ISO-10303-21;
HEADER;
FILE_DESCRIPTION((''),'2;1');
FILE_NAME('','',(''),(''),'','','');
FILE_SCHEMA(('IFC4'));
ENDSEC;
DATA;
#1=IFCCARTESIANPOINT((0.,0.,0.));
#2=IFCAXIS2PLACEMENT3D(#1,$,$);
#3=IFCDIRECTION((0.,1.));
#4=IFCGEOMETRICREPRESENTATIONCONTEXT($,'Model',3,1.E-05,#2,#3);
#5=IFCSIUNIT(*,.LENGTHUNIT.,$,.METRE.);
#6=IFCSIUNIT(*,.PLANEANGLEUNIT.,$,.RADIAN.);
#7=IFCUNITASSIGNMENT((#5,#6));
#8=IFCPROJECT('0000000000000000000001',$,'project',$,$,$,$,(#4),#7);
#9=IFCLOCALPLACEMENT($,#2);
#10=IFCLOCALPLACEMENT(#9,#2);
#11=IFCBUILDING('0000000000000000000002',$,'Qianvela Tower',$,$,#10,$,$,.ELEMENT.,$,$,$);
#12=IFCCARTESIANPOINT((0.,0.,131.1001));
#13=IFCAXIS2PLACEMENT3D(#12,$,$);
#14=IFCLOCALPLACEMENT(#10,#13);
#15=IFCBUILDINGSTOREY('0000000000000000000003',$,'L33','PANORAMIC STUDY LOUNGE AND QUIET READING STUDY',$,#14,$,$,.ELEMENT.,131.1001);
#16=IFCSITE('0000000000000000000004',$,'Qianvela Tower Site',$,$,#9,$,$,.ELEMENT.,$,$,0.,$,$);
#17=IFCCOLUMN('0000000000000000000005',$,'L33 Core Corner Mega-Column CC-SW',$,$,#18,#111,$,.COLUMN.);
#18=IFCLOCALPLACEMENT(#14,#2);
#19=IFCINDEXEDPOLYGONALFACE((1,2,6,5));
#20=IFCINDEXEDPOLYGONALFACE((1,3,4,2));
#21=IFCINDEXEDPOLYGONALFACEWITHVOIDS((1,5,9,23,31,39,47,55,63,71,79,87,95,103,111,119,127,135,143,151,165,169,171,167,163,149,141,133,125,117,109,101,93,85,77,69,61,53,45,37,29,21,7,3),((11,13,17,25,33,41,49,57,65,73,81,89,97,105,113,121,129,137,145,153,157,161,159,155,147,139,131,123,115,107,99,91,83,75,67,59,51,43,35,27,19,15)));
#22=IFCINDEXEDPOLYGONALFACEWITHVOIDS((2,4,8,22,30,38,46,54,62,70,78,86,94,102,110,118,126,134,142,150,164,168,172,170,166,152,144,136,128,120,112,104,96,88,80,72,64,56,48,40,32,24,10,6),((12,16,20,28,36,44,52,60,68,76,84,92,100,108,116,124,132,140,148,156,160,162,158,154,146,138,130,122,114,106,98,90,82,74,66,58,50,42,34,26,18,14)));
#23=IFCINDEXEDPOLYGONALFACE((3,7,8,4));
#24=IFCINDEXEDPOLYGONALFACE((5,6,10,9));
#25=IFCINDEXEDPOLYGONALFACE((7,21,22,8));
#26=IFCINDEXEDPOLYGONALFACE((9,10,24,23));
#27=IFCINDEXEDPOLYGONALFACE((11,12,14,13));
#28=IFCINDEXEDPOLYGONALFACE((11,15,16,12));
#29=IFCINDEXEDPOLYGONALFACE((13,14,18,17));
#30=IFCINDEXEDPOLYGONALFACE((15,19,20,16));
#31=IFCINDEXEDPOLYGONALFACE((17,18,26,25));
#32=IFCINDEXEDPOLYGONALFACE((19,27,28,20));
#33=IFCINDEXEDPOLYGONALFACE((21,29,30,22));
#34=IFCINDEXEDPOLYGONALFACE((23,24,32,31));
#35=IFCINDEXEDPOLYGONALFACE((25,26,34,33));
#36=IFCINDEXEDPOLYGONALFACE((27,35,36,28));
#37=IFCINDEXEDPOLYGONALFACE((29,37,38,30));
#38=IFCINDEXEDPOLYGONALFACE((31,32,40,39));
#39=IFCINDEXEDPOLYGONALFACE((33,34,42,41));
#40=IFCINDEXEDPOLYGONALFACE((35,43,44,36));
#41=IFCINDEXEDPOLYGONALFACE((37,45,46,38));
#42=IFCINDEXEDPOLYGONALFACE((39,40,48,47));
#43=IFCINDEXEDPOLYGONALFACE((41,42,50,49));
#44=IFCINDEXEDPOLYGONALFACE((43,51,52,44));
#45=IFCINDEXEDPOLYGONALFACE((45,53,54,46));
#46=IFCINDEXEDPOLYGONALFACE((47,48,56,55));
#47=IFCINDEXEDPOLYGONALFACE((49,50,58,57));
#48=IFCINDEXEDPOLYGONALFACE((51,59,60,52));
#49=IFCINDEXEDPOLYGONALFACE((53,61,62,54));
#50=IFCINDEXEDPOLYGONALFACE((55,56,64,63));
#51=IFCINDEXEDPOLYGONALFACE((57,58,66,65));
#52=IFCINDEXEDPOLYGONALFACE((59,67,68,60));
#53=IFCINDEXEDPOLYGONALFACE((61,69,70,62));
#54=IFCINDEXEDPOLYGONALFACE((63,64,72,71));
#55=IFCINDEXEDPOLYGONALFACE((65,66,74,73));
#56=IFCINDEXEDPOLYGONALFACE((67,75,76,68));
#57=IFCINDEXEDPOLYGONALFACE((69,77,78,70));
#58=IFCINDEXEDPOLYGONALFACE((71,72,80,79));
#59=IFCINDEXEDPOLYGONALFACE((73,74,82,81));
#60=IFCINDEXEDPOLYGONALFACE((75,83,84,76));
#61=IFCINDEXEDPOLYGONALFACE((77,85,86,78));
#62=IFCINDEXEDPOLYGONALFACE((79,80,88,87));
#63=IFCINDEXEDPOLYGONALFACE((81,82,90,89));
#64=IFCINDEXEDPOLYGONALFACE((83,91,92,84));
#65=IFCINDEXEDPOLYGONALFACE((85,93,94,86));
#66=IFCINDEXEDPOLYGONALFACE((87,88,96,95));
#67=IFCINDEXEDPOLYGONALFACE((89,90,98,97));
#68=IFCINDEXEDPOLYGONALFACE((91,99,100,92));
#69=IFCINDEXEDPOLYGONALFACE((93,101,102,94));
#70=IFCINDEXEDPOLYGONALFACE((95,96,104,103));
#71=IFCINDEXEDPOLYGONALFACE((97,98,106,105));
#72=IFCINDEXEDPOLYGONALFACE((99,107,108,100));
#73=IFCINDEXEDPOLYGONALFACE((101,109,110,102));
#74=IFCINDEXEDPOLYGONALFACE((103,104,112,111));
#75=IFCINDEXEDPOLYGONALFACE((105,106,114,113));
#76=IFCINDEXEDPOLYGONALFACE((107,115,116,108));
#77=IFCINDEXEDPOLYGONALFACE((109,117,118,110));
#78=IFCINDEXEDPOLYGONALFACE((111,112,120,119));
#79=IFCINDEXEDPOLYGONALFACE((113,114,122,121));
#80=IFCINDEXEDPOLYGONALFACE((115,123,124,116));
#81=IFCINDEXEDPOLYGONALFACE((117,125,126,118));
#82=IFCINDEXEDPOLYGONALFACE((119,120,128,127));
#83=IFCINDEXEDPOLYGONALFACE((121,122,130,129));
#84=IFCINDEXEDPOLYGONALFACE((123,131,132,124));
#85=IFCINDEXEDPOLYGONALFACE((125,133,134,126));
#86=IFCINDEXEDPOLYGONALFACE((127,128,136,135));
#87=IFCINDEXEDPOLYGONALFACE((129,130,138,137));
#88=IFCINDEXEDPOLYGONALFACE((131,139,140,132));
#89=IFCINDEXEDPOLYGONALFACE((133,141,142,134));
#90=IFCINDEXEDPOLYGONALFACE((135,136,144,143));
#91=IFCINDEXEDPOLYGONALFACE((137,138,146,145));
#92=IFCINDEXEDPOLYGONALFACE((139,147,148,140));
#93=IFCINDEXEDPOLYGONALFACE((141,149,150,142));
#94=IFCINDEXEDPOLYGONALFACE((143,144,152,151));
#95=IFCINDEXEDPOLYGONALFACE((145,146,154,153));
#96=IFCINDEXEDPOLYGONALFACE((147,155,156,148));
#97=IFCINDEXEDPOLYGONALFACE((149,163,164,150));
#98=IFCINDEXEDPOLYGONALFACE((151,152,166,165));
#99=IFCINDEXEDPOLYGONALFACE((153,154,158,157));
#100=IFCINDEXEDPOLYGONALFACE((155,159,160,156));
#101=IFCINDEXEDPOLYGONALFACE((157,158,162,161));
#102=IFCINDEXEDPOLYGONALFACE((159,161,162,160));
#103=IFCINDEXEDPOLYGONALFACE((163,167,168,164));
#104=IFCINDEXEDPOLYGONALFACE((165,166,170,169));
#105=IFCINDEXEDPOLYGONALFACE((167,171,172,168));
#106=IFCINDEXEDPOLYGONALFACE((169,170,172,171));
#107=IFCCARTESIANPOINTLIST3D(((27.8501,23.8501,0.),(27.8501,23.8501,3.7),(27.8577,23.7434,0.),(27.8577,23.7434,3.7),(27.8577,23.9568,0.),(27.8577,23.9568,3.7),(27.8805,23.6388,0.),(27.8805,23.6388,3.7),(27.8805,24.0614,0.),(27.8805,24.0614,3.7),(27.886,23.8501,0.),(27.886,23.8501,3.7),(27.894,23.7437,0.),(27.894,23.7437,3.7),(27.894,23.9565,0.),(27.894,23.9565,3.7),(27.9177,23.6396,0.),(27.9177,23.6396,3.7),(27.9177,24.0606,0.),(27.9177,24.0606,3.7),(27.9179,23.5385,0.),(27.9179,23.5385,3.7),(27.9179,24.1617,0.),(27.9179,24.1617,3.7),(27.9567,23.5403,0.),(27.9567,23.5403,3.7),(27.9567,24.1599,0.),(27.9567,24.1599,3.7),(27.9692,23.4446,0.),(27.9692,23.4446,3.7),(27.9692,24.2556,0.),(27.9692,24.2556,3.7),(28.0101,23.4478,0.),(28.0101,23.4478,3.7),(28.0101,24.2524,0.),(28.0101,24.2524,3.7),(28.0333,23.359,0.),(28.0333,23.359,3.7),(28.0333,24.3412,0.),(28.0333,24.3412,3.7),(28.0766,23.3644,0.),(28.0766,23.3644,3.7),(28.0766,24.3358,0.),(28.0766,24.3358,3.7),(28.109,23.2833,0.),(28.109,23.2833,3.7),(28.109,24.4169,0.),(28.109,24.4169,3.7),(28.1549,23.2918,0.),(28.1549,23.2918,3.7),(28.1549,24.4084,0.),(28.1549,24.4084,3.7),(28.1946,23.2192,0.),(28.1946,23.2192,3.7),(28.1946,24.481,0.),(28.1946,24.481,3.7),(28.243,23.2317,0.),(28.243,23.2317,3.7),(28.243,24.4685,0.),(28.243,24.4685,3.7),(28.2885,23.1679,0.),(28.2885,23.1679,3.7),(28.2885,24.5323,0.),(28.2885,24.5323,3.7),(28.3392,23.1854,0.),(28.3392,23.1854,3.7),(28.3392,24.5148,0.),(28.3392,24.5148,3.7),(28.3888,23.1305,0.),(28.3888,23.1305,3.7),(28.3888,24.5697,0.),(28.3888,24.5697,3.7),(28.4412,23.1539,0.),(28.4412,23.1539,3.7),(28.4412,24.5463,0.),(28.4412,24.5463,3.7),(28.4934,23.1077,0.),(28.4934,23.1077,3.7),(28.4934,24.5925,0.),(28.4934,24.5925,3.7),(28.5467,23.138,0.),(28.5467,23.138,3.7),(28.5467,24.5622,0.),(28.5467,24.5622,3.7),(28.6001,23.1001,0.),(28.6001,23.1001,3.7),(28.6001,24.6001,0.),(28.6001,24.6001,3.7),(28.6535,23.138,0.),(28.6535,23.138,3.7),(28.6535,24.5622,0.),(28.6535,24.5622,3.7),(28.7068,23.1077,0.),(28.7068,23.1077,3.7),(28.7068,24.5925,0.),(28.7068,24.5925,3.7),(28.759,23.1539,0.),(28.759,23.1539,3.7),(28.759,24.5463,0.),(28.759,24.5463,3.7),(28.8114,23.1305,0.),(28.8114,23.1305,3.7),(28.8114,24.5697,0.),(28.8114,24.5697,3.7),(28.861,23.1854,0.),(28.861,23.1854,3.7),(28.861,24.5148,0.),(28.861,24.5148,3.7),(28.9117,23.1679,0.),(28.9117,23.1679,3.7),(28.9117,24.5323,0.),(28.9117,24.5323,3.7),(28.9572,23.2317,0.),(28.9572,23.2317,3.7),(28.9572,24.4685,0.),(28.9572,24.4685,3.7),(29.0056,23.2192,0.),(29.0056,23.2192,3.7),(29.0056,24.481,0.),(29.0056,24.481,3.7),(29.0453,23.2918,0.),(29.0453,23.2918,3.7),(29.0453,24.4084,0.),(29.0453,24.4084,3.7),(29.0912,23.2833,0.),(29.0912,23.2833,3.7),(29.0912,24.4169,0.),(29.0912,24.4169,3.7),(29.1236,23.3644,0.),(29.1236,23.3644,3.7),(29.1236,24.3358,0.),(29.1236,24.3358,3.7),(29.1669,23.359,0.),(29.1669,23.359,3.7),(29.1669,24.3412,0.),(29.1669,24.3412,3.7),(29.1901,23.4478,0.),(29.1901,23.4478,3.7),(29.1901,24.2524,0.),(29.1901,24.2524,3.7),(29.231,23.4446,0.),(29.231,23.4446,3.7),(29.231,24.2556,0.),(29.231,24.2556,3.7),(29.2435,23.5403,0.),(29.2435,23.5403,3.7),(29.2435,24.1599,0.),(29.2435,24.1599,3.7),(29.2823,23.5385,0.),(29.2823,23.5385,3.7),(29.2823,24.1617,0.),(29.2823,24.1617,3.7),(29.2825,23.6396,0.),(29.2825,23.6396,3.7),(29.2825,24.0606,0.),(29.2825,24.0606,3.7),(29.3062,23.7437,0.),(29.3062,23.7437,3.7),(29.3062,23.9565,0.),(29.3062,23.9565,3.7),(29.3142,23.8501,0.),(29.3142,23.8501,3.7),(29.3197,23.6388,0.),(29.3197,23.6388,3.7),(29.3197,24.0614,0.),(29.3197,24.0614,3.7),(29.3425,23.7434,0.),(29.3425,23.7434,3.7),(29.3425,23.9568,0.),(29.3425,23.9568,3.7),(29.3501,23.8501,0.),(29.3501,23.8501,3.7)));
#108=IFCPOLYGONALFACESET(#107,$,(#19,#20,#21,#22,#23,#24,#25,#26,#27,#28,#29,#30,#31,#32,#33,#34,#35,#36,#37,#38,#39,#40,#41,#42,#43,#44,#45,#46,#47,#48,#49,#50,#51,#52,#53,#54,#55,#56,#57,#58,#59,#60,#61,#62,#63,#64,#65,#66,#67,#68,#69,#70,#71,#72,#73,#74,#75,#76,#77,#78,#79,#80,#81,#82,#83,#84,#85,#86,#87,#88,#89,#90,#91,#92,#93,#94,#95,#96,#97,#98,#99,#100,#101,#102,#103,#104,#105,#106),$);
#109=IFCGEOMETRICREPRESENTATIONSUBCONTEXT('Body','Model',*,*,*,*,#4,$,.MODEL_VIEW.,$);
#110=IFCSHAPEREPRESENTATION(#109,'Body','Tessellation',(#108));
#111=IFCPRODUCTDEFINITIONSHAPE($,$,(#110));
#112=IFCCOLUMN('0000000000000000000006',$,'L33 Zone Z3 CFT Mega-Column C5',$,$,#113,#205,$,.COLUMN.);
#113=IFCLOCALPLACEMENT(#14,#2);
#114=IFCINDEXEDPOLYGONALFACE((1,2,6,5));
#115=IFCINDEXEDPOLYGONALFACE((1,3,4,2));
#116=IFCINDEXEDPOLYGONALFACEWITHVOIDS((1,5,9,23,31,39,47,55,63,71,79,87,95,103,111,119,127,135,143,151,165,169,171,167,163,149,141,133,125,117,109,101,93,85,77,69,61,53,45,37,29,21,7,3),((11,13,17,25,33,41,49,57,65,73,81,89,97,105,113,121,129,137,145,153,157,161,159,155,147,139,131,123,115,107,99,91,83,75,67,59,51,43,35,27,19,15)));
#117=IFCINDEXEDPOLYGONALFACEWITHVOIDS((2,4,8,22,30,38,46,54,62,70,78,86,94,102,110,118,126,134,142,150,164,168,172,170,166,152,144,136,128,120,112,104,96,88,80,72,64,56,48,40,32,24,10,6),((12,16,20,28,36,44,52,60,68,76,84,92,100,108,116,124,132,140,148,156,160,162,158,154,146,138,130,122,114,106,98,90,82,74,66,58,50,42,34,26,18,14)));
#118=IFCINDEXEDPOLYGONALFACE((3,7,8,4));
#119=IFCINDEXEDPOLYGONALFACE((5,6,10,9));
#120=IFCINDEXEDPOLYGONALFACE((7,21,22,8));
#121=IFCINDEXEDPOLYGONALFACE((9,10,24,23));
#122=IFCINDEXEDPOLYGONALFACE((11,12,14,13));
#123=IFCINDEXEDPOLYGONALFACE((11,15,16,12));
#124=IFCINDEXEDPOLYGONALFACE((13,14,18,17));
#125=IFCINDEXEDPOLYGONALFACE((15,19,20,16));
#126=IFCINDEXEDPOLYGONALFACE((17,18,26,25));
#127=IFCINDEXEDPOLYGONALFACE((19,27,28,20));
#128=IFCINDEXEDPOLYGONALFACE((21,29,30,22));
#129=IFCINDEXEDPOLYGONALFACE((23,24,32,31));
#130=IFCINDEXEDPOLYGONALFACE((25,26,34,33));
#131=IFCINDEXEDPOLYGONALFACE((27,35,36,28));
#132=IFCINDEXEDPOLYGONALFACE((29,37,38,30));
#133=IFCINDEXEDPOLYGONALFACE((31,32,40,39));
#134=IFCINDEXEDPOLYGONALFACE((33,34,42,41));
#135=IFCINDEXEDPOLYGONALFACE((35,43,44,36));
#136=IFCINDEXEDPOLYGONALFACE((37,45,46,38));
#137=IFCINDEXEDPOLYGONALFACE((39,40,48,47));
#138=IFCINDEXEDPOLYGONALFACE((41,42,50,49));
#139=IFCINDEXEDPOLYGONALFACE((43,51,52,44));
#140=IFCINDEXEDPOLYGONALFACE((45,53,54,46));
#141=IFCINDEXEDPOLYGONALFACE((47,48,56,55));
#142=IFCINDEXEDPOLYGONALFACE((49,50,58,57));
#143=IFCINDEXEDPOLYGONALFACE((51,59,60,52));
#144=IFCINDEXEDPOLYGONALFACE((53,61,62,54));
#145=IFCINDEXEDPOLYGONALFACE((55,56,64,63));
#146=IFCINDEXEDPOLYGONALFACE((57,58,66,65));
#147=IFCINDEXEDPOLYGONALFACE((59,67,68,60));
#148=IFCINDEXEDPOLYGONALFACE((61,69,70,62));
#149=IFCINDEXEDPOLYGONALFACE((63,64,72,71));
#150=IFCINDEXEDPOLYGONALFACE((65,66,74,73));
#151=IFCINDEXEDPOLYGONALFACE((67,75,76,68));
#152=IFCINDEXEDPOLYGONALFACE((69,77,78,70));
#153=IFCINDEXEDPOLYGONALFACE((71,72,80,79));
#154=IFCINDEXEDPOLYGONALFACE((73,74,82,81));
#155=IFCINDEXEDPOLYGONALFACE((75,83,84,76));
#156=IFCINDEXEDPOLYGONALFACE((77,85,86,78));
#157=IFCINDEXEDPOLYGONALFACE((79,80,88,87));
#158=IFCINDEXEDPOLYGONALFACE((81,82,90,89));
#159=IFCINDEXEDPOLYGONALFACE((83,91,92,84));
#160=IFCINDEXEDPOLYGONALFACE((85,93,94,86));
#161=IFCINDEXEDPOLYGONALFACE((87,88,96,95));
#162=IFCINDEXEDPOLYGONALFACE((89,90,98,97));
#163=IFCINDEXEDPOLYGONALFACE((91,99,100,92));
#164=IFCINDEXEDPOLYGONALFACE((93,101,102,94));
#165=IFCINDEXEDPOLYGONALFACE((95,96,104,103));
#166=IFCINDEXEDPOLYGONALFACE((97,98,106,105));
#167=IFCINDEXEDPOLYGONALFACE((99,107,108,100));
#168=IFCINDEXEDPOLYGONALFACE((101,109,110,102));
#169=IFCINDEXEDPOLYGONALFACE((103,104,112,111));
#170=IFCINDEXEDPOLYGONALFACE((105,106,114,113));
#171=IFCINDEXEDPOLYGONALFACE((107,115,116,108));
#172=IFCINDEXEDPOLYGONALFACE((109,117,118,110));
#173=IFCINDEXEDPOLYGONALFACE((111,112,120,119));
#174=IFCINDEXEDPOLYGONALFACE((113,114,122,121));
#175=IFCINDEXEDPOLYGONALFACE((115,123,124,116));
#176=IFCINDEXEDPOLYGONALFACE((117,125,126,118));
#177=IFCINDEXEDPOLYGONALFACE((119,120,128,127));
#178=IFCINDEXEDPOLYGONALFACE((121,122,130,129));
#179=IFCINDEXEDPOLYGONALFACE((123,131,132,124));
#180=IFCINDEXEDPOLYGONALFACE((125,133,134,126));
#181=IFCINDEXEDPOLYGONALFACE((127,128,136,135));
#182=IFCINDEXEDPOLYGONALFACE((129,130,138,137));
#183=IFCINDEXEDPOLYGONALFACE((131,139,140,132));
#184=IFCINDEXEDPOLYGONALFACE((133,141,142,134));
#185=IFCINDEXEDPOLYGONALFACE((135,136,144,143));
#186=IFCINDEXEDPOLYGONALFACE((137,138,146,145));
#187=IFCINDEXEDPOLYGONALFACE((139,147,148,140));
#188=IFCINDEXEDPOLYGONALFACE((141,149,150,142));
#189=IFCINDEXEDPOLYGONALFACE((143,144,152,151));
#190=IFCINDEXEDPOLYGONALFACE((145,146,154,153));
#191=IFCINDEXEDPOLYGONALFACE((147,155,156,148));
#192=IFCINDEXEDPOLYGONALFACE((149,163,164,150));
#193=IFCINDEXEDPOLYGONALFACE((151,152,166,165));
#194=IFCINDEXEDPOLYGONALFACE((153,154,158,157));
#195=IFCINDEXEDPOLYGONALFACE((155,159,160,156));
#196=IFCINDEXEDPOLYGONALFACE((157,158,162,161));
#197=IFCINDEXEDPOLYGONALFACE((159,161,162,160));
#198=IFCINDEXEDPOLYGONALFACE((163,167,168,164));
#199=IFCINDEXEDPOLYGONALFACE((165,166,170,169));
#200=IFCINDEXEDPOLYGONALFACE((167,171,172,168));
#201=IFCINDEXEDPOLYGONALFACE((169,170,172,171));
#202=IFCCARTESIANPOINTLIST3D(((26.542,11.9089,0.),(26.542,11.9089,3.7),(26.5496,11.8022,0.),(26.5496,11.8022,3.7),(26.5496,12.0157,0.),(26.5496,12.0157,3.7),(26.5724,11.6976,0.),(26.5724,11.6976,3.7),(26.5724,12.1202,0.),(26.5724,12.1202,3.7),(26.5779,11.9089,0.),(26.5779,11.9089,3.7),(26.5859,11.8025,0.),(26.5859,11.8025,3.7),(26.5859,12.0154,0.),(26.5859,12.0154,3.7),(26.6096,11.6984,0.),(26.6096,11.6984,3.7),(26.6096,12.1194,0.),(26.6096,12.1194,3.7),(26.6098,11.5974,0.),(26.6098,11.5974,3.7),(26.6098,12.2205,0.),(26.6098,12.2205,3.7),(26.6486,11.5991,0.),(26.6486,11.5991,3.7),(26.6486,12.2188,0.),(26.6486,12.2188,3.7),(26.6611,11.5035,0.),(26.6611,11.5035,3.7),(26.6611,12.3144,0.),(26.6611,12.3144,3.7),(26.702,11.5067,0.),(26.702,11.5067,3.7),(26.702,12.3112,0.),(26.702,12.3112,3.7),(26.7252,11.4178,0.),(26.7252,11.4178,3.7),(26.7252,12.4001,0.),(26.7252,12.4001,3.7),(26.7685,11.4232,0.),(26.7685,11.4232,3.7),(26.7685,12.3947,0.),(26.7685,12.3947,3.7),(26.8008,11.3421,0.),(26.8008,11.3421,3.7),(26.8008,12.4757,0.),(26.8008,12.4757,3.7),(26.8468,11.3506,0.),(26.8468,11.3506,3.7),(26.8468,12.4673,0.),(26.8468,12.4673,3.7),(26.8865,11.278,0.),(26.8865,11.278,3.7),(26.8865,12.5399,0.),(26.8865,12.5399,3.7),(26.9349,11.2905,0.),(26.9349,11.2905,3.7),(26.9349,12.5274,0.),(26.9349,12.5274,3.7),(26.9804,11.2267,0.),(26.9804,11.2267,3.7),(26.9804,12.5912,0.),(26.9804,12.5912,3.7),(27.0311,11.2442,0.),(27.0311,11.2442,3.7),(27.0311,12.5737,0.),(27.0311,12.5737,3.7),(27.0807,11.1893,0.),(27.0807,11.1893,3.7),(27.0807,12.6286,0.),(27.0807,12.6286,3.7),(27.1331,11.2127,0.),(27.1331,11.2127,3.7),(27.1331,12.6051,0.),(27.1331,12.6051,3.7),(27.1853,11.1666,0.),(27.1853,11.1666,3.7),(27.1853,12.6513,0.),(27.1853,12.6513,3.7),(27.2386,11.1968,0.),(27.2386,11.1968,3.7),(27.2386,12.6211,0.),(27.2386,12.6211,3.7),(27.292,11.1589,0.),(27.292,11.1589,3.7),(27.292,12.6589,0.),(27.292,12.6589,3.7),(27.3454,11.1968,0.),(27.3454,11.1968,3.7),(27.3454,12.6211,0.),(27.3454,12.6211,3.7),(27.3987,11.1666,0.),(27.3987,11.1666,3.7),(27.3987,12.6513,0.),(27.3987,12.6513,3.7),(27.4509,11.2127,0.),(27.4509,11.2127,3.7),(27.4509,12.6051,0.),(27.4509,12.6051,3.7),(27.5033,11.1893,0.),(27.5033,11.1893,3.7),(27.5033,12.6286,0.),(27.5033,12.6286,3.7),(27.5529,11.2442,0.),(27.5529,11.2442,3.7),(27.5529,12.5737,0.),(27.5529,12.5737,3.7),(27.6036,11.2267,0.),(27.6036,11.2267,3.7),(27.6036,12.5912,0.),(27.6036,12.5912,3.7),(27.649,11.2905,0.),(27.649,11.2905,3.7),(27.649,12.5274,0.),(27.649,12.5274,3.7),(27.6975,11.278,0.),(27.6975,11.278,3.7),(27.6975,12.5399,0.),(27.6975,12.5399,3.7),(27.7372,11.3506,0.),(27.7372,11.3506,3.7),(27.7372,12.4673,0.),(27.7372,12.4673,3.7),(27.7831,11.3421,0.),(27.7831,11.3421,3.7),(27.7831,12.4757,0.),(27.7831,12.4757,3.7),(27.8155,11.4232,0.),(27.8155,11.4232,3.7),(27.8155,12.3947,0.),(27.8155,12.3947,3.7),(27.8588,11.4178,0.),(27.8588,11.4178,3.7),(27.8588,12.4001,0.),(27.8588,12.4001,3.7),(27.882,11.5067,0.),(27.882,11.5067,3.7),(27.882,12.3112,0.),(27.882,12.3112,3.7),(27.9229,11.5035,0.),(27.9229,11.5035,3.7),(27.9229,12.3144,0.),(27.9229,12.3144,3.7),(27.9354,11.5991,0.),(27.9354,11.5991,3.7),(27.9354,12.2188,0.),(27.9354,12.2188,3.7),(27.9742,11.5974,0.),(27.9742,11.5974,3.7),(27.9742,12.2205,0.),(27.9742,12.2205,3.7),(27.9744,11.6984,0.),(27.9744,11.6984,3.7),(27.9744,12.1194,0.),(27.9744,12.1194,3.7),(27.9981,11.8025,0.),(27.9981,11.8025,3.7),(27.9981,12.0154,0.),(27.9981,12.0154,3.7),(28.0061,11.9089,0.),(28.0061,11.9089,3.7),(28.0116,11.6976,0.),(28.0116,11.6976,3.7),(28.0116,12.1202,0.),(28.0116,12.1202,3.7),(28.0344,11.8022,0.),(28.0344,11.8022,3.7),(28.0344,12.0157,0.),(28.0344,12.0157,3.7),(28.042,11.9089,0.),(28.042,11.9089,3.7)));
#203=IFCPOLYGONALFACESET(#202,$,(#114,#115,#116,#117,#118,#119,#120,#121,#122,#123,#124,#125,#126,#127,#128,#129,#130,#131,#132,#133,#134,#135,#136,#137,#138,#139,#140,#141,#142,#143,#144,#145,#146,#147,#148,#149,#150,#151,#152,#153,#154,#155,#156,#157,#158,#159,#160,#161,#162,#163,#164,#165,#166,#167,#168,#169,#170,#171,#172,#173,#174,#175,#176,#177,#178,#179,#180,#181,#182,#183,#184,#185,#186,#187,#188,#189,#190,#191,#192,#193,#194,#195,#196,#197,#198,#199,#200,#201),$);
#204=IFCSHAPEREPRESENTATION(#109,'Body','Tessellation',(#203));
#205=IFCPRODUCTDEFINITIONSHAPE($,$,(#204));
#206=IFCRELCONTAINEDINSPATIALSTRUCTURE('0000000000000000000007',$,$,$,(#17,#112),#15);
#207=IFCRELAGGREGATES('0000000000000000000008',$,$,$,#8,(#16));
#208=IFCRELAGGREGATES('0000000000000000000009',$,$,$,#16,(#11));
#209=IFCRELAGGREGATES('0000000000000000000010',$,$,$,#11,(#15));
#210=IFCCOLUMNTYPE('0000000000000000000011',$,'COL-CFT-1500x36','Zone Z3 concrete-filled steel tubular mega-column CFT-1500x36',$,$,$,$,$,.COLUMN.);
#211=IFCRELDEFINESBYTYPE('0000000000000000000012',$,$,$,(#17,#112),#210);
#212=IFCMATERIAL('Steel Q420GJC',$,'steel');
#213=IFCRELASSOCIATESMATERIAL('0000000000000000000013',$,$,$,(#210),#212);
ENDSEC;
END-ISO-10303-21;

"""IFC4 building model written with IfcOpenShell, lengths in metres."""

from ifc_helpers import new_model, si_unit, direction, frame, origin, origin_2d, place, context, subcontext, project, spatial, hollow_circle, extrude, material, material_profile, profile_set, type_object, element, save


model = new_model("IFC4")

# Units and contexts
model_context = context("Model", 3, precision=1e-05, world=origin(), true_north=direction((0.0, 1.0)))
body_context = subcontext(model_context, "Body", "Model", "MODEL_VIEW")
ifc_project = project(units=[si_unit("LENGTHUNIT", "METRE"), si_unit("PLANEANGLEUNIT", "RADIAN")], contexts=[model_context])

# Site, building, storey
site_placement = place(None, origin())
site = spatial("IfcSite", under=ifc_project, at=site_placement, Name="Qianvela Tower Site", CompositionType="ELEMENT", RefElevation=0.0)
building_placement = place(site_placement, origin())
building = spatial("IfcBuilding", under=site, at=building_placement, Name="Qianvela Tower", CompositionType="ELEMENT")
storey_placement = place(building_placement, frame((0.0, 0.0, 131.1001)))
storey = spatial("IfcBuildingStorey", under=building, at=storey_placement, Name="L33", Description="PANORAMIC STUDY LOUNGE AND QUIET READING STUDY", CompositionType="ELEMENT", Elevation=131.1001)

# Columns
ifc_material_1 = material(Name="Steel Q420GJC", Category="steel")
ifc_material_profile_1 = material_profile(ifc_material_1, hollow_circle(Radius=0.75, WallThickness=0.0359, at=origin_2d()), Name="CFT-1500x36")
ifc_profile_set_1 = profile_set([ifc_material_profile_1], Name="Steel Q420GJC")
column_type = type_object("IfcColumnType", Name="COL-CFT-1500x36", Description="Zone Z3 concrete-filled steel tubular mega-column CFT-1500x36", PredefinedType="COLUMN", material=ifc_profile_set_1)
for number, where, z_axis, x_axis, name in (
    (1, (28.6001, 23.8501, 0.0), (0.0, 0.0, 1.0), (1.0, 0.0, 0.0), "L33 Core Corner Mega-Column CC-SW"),
    (2, (27.292, 11.9089, 0.0), (0.0, 0.0, 1.0), (1.0, 0.0, 0.0), "L33 Zone Z3 CFT Mega-Column C5"),
):
    element("IfcColumn", number, at=place(storey_placement, frame(where, z_axis=z_axis, x_axis=x_axis)), inside=storey, type_object=column_type, Name=name, PredefinedType="COLUMN", context=body_context, shape_type="SweptSolid", body=[
        extrude(hollow_circle(Radius=0.75, WallThickness=0.0359, at=origin_2d()), origin(), (0.0, 0.0, 1.0), 3.7),
    ])

save(model, "model.ifc")
